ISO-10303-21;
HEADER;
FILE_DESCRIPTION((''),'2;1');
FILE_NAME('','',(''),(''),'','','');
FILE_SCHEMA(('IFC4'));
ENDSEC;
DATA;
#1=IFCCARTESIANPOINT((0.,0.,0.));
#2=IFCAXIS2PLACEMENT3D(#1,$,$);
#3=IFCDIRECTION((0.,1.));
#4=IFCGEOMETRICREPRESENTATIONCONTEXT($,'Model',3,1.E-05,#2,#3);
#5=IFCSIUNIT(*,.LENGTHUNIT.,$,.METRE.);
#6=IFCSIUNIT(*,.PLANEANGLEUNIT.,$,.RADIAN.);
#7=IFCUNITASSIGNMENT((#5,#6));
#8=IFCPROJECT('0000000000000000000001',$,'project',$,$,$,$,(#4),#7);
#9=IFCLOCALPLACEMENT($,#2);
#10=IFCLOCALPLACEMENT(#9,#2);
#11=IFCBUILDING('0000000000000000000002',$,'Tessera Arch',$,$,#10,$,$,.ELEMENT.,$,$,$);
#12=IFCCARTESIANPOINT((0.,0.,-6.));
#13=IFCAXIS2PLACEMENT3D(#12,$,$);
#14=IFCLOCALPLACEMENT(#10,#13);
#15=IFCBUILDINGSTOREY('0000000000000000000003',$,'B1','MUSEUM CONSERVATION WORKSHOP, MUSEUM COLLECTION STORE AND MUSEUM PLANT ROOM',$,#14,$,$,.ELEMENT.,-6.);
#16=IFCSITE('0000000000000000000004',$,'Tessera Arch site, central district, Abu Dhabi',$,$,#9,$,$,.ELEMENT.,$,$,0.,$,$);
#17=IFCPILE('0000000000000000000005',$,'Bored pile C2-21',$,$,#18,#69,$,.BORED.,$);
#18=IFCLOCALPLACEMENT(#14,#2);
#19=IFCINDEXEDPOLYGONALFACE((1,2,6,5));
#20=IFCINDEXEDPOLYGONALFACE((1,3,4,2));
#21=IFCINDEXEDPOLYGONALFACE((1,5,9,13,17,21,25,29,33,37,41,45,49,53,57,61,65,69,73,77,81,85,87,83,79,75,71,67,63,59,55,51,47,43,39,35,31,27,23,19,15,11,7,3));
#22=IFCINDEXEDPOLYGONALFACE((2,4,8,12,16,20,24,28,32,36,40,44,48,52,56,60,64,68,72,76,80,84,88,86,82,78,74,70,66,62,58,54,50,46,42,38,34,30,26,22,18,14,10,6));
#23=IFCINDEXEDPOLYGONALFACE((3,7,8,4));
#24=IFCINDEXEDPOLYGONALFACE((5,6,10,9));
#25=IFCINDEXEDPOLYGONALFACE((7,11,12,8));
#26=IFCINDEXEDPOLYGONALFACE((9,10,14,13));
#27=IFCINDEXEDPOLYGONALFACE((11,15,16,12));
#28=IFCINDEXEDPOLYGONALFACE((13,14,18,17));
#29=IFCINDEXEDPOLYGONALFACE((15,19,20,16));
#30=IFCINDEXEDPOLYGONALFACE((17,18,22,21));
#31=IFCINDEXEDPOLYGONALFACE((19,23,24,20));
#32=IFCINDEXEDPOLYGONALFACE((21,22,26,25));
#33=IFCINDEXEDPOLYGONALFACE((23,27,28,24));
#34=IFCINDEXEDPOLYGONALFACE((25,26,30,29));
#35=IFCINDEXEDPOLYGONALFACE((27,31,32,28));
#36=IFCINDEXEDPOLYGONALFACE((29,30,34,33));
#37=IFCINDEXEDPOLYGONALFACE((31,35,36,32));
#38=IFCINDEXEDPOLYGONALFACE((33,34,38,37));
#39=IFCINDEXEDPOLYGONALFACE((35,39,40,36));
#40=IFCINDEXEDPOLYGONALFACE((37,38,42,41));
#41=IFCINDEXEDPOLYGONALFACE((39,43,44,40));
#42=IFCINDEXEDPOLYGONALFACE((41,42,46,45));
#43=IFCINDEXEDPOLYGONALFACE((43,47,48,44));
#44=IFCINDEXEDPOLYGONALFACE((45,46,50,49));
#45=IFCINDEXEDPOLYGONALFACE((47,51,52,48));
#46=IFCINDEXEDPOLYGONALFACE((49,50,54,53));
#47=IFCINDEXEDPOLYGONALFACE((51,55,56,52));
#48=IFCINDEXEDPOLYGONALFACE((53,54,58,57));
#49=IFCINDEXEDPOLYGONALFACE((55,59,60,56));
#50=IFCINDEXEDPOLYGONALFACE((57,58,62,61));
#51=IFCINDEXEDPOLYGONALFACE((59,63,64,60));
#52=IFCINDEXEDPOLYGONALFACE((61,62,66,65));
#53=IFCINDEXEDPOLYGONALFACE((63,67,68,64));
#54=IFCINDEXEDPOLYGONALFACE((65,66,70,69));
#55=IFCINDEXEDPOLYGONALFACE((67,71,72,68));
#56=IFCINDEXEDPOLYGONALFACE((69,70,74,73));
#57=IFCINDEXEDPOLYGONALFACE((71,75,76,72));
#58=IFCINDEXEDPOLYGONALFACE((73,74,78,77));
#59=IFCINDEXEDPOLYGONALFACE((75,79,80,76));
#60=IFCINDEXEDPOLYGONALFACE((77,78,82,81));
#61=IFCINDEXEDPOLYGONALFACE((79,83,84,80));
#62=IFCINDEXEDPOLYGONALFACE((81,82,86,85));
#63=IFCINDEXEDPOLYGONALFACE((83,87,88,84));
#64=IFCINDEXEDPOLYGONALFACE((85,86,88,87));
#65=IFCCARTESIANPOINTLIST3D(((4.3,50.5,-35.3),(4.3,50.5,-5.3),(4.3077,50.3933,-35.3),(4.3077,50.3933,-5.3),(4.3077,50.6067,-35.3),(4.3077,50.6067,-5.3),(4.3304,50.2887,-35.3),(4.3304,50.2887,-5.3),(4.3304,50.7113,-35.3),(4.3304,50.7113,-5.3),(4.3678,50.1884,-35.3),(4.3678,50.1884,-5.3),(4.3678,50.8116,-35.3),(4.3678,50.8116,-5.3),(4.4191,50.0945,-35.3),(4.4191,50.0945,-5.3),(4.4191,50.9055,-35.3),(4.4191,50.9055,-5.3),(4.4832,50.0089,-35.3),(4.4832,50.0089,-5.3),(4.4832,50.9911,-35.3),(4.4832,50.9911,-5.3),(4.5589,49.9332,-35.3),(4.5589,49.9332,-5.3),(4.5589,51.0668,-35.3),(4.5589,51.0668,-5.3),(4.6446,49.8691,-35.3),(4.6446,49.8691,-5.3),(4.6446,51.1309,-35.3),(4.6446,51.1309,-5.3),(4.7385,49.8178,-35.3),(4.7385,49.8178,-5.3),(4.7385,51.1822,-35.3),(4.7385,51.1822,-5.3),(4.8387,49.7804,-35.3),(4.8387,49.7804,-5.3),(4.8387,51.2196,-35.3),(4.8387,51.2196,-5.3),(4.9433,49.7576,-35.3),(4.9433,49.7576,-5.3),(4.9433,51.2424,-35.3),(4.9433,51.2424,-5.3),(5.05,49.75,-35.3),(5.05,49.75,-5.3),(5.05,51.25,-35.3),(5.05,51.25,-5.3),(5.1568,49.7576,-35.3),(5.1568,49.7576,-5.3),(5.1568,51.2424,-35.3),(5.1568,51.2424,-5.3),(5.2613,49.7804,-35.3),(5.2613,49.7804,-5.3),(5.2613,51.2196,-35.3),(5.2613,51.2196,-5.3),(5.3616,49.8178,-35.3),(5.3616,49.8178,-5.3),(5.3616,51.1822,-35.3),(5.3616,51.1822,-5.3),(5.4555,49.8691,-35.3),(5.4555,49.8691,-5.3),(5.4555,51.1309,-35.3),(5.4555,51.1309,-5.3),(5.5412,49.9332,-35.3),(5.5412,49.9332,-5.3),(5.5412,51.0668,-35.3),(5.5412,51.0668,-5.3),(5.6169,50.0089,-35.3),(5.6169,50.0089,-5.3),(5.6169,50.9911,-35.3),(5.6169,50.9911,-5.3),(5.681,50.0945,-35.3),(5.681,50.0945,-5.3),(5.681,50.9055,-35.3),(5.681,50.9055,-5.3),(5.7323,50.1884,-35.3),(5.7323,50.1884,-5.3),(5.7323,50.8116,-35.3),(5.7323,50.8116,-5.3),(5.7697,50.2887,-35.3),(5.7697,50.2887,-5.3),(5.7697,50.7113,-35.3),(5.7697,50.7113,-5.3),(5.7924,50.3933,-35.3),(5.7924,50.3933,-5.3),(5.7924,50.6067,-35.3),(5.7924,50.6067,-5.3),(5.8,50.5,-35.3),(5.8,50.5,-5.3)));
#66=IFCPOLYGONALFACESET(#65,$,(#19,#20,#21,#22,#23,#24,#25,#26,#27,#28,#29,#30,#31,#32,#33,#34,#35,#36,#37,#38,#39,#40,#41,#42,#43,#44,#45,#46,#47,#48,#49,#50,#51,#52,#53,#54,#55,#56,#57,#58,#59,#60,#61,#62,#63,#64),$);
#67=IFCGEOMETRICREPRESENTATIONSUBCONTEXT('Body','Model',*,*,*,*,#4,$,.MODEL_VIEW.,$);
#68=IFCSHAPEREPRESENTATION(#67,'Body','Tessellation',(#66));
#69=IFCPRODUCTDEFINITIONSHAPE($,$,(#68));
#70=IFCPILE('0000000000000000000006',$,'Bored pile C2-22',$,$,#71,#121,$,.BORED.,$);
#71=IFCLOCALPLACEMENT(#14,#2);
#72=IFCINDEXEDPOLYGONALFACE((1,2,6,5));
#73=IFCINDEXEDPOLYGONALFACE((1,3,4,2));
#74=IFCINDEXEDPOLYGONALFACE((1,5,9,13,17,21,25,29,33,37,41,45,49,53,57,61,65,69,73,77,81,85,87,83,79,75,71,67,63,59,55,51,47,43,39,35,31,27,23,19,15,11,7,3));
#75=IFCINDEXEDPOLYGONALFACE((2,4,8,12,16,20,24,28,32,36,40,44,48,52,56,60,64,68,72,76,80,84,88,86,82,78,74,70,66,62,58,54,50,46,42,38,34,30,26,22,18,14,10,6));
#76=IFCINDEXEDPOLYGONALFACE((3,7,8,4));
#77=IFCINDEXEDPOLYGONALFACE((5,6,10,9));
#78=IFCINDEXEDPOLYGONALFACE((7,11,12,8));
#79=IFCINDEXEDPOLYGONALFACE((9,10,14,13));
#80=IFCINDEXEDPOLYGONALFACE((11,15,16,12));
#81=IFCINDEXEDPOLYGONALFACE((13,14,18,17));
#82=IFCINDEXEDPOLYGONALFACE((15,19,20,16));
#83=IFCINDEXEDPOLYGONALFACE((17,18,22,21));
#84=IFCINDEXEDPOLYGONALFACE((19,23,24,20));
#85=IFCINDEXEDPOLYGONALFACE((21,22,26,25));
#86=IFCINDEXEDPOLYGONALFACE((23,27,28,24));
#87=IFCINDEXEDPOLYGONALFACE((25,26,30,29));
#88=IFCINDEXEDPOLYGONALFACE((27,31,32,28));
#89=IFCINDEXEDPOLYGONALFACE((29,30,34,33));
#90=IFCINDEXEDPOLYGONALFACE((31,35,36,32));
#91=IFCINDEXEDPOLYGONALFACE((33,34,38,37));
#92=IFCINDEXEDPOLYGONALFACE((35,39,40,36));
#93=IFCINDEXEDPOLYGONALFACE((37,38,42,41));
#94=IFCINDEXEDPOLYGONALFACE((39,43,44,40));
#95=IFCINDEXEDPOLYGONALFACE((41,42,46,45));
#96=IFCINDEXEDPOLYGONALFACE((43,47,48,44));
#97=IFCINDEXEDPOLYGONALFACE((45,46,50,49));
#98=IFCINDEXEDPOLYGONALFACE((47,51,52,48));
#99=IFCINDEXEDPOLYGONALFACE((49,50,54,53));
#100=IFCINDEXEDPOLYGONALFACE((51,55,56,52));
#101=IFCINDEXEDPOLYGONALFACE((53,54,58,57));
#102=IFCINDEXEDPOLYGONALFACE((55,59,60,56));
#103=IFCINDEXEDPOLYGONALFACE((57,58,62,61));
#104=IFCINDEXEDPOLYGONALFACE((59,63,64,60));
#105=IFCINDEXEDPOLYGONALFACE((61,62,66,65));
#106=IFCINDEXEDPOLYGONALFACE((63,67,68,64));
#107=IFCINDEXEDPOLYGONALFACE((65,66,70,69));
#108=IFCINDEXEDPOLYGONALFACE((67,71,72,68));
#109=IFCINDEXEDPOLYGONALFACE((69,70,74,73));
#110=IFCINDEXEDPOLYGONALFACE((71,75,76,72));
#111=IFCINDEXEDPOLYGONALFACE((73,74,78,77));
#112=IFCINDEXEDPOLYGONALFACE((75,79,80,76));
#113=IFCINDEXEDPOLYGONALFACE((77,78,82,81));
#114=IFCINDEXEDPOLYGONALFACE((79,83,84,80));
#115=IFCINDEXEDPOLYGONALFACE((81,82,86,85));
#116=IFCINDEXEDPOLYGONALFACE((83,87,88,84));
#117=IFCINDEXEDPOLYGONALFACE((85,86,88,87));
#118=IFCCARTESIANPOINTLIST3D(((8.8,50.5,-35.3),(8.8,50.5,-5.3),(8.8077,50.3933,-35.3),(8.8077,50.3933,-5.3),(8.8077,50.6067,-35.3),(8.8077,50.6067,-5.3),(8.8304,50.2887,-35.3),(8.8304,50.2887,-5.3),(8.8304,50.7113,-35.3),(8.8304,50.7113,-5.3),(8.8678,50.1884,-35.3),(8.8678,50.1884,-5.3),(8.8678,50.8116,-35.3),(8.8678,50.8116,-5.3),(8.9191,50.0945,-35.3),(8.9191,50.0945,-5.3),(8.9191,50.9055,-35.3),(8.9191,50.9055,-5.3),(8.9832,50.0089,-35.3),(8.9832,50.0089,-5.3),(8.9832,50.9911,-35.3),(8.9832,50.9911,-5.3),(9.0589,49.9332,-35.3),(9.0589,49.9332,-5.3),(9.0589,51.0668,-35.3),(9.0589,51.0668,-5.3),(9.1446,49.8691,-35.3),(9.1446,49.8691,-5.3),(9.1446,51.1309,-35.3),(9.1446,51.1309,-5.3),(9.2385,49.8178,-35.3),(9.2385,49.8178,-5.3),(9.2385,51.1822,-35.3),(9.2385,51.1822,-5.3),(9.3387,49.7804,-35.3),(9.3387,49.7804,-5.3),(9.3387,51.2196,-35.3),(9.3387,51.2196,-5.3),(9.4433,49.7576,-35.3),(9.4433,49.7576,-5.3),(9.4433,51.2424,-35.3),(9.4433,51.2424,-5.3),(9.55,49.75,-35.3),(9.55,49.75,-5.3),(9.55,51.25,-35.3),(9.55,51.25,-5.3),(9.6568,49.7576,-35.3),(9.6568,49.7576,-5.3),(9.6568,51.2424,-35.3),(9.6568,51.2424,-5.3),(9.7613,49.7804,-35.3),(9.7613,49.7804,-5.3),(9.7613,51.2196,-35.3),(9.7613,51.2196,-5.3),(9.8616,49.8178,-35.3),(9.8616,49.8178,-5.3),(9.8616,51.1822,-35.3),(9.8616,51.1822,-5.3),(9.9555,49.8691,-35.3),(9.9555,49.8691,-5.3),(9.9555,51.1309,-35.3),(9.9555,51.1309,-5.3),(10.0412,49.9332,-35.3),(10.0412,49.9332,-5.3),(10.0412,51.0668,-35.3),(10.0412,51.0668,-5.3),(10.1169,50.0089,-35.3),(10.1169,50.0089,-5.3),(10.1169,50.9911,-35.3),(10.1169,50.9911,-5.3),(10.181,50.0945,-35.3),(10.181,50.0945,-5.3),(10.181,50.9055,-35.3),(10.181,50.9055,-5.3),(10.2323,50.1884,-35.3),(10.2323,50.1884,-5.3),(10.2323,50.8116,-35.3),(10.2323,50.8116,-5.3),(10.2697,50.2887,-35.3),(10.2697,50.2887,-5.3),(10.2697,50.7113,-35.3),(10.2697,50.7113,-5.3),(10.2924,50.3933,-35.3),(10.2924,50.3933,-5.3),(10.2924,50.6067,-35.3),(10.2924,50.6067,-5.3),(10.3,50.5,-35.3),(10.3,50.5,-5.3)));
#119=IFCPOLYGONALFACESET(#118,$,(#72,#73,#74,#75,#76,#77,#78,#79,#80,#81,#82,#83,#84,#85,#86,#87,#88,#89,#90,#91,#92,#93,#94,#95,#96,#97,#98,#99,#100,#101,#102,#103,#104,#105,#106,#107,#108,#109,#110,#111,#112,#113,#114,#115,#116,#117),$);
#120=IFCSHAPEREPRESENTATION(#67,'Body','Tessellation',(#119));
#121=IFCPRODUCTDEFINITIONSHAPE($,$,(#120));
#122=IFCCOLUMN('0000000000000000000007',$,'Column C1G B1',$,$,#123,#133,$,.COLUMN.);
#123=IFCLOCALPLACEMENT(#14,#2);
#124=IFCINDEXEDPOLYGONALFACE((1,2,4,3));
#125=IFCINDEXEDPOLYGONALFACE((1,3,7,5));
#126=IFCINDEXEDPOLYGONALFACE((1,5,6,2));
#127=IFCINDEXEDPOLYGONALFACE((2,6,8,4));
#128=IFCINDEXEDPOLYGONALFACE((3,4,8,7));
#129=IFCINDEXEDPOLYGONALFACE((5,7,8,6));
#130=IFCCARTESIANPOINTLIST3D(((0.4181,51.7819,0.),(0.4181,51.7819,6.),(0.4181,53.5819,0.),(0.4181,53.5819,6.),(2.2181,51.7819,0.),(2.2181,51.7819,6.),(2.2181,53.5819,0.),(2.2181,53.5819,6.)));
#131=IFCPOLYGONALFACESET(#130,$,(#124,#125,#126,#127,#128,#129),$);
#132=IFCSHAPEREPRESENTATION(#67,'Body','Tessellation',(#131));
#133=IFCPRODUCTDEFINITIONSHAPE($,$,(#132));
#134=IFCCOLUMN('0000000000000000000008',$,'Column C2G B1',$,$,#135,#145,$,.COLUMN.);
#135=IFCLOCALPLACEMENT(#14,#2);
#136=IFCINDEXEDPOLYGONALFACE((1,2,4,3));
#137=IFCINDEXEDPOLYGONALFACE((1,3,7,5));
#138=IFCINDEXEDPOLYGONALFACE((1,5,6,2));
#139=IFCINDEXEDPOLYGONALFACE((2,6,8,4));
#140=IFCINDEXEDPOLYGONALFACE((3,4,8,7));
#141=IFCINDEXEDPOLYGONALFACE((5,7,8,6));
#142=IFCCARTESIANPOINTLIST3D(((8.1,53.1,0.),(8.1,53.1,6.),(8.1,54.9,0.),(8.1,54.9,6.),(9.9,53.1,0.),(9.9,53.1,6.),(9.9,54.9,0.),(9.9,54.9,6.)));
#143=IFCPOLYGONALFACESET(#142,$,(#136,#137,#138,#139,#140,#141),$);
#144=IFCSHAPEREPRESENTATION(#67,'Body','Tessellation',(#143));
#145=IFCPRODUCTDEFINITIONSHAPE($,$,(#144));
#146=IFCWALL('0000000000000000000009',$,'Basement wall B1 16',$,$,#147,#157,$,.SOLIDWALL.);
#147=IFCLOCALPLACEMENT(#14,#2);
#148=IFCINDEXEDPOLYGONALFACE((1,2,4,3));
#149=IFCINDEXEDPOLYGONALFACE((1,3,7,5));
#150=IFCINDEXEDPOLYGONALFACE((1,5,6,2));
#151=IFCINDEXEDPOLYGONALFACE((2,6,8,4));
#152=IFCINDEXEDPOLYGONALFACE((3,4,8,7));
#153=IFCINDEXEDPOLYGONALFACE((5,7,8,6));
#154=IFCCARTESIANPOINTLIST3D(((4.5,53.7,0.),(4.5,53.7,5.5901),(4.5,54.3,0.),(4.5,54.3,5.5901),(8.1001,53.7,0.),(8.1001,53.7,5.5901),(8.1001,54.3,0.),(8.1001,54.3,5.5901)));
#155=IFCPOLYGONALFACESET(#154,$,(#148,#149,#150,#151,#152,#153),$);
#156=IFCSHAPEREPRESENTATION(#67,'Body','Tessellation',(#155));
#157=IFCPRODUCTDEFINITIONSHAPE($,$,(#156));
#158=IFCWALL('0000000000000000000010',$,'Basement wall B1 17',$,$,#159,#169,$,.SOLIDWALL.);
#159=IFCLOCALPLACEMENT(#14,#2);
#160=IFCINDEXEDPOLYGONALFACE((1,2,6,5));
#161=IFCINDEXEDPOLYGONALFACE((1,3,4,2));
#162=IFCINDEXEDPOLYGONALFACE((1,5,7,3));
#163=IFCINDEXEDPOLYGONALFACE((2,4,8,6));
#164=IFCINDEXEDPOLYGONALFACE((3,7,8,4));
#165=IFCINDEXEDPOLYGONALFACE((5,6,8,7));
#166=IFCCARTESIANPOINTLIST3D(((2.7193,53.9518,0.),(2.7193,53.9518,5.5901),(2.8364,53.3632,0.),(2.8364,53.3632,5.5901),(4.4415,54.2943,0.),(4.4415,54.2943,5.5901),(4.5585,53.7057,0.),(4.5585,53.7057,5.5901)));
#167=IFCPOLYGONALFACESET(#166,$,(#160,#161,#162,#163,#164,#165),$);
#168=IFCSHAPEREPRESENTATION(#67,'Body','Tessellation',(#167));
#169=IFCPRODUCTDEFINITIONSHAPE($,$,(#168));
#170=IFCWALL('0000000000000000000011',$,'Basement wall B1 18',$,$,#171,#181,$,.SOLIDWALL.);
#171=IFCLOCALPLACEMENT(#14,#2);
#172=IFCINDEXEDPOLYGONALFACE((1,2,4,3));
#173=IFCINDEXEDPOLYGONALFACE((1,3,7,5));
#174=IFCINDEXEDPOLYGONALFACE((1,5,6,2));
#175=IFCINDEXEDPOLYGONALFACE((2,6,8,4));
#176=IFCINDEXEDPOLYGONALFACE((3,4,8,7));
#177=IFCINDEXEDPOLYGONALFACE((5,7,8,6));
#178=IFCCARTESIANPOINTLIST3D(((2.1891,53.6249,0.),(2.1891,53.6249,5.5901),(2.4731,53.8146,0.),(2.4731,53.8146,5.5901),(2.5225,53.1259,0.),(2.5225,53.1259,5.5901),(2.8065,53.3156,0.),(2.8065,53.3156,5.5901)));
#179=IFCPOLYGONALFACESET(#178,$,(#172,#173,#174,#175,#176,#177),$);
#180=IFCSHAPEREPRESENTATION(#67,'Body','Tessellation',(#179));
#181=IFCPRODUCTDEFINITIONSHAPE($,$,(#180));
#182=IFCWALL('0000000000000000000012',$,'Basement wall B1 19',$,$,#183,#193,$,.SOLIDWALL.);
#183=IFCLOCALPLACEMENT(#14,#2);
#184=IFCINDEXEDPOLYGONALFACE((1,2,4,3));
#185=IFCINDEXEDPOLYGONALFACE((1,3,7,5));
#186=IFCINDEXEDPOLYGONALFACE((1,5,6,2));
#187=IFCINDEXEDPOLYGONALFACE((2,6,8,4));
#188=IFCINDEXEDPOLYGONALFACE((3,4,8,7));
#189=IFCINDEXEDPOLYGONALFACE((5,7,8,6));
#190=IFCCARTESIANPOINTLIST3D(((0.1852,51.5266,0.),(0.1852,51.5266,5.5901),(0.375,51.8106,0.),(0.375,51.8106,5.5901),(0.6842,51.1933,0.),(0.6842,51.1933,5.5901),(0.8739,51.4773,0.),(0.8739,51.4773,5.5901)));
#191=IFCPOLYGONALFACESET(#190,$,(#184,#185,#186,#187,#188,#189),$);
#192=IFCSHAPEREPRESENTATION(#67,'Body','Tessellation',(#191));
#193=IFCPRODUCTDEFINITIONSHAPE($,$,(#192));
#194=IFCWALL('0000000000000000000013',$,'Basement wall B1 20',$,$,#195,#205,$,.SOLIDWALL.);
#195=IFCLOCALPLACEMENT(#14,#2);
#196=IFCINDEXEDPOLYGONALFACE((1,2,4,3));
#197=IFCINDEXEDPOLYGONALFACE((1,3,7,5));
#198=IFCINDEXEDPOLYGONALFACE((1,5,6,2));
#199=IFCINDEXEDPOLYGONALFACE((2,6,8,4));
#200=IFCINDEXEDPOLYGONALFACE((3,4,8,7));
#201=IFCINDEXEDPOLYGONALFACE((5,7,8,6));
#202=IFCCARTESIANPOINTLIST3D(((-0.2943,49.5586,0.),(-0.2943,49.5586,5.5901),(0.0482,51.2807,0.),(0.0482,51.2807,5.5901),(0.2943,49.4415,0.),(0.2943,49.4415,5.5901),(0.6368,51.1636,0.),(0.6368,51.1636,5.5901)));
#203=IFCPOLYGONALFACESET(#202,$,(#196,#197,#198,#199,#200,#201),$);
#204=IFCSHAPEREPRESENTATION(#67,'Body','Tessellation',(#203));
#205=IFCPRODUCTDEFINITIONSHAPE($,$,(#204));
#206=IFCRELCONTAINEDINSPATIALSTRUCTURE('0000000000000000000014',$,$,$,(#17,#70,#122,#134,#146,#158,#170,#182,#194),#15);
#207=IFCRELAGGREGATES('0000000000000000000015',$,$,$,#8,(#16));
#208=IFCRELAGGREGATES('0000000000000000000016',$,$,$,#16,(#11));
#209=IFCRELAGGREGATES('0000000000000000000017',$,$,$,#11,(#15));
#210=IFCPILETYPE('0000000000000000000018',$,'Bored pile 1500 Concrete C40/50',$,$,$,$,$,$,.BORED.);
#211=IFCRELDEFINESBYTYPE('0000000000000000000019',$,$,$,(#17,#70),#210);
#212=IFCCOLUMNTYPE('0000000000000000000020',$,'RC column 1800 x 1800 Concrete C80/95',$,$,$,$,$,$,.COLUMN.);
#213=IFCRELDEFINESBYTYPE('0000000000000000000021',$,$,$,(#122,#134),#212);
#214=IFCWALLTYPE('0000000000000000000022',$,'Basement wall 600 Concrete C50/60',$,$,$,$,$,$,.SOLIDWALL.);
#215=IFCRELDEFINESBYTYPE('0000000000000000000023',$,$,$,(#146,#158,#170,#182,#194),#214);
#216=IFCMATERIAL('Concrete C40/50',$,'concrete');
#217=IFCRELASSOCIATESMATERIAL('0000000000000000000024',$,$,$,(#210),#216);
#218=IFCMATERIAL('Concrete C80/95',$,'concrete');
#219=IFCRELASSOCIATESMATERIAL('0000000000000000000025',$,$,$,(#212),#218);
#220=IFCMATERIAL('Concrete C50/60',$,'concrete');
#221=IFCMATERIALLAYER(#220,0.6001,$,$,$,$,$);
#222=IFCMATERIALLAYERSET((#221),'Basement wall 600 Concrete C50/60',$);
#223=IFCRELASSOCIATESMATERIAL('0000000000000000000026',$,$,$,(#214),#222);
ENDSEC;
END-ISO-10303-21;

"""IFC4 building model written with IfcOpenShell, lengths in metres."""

from ifc_helpers import new_model, si_unit, direction, frame, frame_2d, origin, origin_2d, place, context, subcontext, project, spatial, rectangle, circle, extrude, material, layer, layer_set, material_profile, profile_set, type_object, element, save


model = new_model("IFC4")

# Units and contexts
model_context = context("Model", 3, precision=1e-05, world=origin(), true_north=direction((0.0, 1.0)))
body_context = subcontext(model_context, "Body", "Model", "MODEL_VIEW")
ifc_project = project(units=[si_unit("LENGTHUNIT", "METRE"), si_unit("PLANEANGLEUNIT", "RADIAN")], contexts=[model_context])

# Site, building, storey
site_placement = place(None, origin())
site = spatial("IfcSite", under=ifc_project, at=site_placement, Name="Tessera Arch site, central district, Abu Dhabi", CompositionType="ELEMENT", RefElevation=0.0)
building_placement = place(site_placement, origin())
building = spatial("IfcBuilding", under=site, at=building_placement, Name="Tessera Arch", CompositionType="ELEMENT")
storey_placement = place(building_placement, frame((0.0, 0.0, -6.0)))
storey = spatial("IfcBuildingStorey", under=building, at=storey_placement, Name="B1", Description="MUSEUM CONSERVATION WORKSHOP, MUSEUM COLLECTION STORE AND MUSEUM PLANT ROOM", CompositionType="ELEMENT", Elevation=-6.0)

# Piles
ifc_material_1 = material(Name="Concrete C40/50", Category="concrete")
pile_type = type_object("IfcPileType", Name="Bored pile 1500 Concrete C40/50", PredefinedType="BORED", material=ifc_material_1)
for number, where, z_axis, x_axis, name in (
    (1, (5.05, 50.5, -5.3), (0.0, 0.0, -1.0), (1.0, 0.0, 0.0), "Bored pile C2-21"),
    (2, (9.55, 50.5, -5.3), (0.0, 0.0, -1.0), (1.0, 0.0, 0.0), "Bored pile C2-22"),
):
    element("IfcPile", number, at=place(storey_placement, frame(where, z_axis=z_axis, x_axis=x_axis)), inside=storey, type_object=pile_type, Name=name, PredefinedType="BORED", context=body_context, shape_type="SweptSolid", body=[
        extrude(circle(Radius=0.75, at=origin_2d()), origin(), (0.0, 0.0, 1.0), 30.0),
    ])

# Columns
ifc_material_2 = material(Name="Concrete C80/95", Category="concrete")
ifc_material_profile = material_profile(ifc_material_2, rectangle(XDim=1.8, YDim=1.8, at=origin_2d()), Name="RC column 1800 x 1800 Concrete C80/95")
ifc_profile_set = profile_set([ifc_material_profile], Name="Concrete C80/95")
column_type = type_object("IfcColumnType", Name="RC column 1800 x 1800 Concrete C80/95", PredefinedType="COLUMN", material=ifc_profile_set)
for number, where, z_axis, x_axis, name in (
    (3, (1.3181, 52.6819, 0.0), (0.0, 0.0, 1.0), (1.0, 0.0, 0.0), "Column C1G B1"),
    (4, (9.0, 54.0, 0.0), (0.0, 0.0, 1.0), (1.0, 0.0, 0.0), "Column C2G B1"),
):
    element("IfcColumn", number, at=place(storey_placement, frame(where, z_axis=z_axis, x_axis=x_axis)), inside=storey, type_object=column_type, Name=name, PredefinedType="COLUMN", context=body_context, shape_type="SweptSolid", body=[
        extrude(rectangle(XDim=1.8, YDim=1.8, at=origin_2d()), origin(), (0.0, 0.0, 1.0), 6.0),
    ])

# Walls
ifc_material_3 = material(Name="Concrete C50/60", Category="concrete")
ifc_layer_1 = layer(ifc_material_3, 0.6001)
ifc_layer_set_1 = layer_set([ifc_layer_1], Name="Basement wall 600 Concrete C50/60")
wall_type_1 = type_object("IfcWallType", Name="Basement wall 600 Concrete C50/60", PredefinedType="SOLIDWALL", material=ifc_layer_set_1)
wall_1_placement = place(storey_placement, frame((8.1001, 54.0, 0.0), z_axis=(0.0, 0.0, 1.0), x_axis=(-1.0, 0.0, 0.0)))
element("IfcWall", 5, at=wall_1_placement, inside=storey, type_object=wall_type_1, Name="Basement wall B1 16", PredefinedType="SOLIDWALL", context=body_context, shape_type="SweptSolid", body=[
    extrude(rectangle(XDim=3.6001, YDim=0.6001, at=frame_2d((1.8, 0.0))), origin(), (0.0, 0.0, 1.0), 5.5901),
])
wall_2_placement = place(storey_placement, frame((4.5, 54.0, 0.0), z_axis=(0.0, 0.0, 1.0), x_axis=(-0.980789, -0.195073, 0.0)))
element("IfcWall", 6, at=wall_2_placement, inside=storey, type_object=wall_type_1, Name="Basement wall B1 17", PredefinedType="SOLIDWALL", context=body_context, shape_type="SweptSolid", body=[
    extrude(rectangle(XDim=1.7559, YDim=0.6001, at=frame_2d((0.8779, 0.0))), origin(), (0.0, 0.0, 1.0), 5.5901),
])
for number, where, z_axis, x_axis, name in (
    (7, (2.6399, 53.5652, 0.0), (0.0, 0.0, 1.0), (-0.8315, -0.555525, 0.0), "Basement wall B1 18"),
    (8, (0.6245, 51.644, 0.0), (0.0, 0.0, 1.0), (-0.555525, -0.8315, 0.0), "Basement wall B1 19"),
):
    element("IfcWall", number, at=place(storey_placement, frame(where, z_axis=z_axis, x_axis=x_axis)), inside=storey, type_object=wall_type_1, Name=name, PredefinedType="SOLIDWALL", context=body_context, shape_type="SweptSolid", body=[
        extrude(rectangle(XDim=0.3416, YDim=0.6001, at=frame_2d((0.1709, 0.0))), origin(), (0.0, 0.0, 1.0), 5.5901),
    ])
wall_3_placement = place(storey_placement, frame((0.3425, 51.2222, 0.0), z_axis=(0.0, 0.0, 1.0), x_axis=(-0.195073, -0.980789, 0.0)))
element("IfcWall", 9, at=wall_3_placement, inside=storey, type_object=wall_type_1, Name="Basement wall B1 20", PredefinedType="SOLIDWALL", context=body_context, shape_type="SweptSolid", body=[
    extrude(rectangle(XDim=1.7559, YDim=0.6001, at=frame_2d((0.8779, 0.0))), origin(), (0.0, 0.0, 1.0), 5.5901),
])

save(model, "model.ifc")
